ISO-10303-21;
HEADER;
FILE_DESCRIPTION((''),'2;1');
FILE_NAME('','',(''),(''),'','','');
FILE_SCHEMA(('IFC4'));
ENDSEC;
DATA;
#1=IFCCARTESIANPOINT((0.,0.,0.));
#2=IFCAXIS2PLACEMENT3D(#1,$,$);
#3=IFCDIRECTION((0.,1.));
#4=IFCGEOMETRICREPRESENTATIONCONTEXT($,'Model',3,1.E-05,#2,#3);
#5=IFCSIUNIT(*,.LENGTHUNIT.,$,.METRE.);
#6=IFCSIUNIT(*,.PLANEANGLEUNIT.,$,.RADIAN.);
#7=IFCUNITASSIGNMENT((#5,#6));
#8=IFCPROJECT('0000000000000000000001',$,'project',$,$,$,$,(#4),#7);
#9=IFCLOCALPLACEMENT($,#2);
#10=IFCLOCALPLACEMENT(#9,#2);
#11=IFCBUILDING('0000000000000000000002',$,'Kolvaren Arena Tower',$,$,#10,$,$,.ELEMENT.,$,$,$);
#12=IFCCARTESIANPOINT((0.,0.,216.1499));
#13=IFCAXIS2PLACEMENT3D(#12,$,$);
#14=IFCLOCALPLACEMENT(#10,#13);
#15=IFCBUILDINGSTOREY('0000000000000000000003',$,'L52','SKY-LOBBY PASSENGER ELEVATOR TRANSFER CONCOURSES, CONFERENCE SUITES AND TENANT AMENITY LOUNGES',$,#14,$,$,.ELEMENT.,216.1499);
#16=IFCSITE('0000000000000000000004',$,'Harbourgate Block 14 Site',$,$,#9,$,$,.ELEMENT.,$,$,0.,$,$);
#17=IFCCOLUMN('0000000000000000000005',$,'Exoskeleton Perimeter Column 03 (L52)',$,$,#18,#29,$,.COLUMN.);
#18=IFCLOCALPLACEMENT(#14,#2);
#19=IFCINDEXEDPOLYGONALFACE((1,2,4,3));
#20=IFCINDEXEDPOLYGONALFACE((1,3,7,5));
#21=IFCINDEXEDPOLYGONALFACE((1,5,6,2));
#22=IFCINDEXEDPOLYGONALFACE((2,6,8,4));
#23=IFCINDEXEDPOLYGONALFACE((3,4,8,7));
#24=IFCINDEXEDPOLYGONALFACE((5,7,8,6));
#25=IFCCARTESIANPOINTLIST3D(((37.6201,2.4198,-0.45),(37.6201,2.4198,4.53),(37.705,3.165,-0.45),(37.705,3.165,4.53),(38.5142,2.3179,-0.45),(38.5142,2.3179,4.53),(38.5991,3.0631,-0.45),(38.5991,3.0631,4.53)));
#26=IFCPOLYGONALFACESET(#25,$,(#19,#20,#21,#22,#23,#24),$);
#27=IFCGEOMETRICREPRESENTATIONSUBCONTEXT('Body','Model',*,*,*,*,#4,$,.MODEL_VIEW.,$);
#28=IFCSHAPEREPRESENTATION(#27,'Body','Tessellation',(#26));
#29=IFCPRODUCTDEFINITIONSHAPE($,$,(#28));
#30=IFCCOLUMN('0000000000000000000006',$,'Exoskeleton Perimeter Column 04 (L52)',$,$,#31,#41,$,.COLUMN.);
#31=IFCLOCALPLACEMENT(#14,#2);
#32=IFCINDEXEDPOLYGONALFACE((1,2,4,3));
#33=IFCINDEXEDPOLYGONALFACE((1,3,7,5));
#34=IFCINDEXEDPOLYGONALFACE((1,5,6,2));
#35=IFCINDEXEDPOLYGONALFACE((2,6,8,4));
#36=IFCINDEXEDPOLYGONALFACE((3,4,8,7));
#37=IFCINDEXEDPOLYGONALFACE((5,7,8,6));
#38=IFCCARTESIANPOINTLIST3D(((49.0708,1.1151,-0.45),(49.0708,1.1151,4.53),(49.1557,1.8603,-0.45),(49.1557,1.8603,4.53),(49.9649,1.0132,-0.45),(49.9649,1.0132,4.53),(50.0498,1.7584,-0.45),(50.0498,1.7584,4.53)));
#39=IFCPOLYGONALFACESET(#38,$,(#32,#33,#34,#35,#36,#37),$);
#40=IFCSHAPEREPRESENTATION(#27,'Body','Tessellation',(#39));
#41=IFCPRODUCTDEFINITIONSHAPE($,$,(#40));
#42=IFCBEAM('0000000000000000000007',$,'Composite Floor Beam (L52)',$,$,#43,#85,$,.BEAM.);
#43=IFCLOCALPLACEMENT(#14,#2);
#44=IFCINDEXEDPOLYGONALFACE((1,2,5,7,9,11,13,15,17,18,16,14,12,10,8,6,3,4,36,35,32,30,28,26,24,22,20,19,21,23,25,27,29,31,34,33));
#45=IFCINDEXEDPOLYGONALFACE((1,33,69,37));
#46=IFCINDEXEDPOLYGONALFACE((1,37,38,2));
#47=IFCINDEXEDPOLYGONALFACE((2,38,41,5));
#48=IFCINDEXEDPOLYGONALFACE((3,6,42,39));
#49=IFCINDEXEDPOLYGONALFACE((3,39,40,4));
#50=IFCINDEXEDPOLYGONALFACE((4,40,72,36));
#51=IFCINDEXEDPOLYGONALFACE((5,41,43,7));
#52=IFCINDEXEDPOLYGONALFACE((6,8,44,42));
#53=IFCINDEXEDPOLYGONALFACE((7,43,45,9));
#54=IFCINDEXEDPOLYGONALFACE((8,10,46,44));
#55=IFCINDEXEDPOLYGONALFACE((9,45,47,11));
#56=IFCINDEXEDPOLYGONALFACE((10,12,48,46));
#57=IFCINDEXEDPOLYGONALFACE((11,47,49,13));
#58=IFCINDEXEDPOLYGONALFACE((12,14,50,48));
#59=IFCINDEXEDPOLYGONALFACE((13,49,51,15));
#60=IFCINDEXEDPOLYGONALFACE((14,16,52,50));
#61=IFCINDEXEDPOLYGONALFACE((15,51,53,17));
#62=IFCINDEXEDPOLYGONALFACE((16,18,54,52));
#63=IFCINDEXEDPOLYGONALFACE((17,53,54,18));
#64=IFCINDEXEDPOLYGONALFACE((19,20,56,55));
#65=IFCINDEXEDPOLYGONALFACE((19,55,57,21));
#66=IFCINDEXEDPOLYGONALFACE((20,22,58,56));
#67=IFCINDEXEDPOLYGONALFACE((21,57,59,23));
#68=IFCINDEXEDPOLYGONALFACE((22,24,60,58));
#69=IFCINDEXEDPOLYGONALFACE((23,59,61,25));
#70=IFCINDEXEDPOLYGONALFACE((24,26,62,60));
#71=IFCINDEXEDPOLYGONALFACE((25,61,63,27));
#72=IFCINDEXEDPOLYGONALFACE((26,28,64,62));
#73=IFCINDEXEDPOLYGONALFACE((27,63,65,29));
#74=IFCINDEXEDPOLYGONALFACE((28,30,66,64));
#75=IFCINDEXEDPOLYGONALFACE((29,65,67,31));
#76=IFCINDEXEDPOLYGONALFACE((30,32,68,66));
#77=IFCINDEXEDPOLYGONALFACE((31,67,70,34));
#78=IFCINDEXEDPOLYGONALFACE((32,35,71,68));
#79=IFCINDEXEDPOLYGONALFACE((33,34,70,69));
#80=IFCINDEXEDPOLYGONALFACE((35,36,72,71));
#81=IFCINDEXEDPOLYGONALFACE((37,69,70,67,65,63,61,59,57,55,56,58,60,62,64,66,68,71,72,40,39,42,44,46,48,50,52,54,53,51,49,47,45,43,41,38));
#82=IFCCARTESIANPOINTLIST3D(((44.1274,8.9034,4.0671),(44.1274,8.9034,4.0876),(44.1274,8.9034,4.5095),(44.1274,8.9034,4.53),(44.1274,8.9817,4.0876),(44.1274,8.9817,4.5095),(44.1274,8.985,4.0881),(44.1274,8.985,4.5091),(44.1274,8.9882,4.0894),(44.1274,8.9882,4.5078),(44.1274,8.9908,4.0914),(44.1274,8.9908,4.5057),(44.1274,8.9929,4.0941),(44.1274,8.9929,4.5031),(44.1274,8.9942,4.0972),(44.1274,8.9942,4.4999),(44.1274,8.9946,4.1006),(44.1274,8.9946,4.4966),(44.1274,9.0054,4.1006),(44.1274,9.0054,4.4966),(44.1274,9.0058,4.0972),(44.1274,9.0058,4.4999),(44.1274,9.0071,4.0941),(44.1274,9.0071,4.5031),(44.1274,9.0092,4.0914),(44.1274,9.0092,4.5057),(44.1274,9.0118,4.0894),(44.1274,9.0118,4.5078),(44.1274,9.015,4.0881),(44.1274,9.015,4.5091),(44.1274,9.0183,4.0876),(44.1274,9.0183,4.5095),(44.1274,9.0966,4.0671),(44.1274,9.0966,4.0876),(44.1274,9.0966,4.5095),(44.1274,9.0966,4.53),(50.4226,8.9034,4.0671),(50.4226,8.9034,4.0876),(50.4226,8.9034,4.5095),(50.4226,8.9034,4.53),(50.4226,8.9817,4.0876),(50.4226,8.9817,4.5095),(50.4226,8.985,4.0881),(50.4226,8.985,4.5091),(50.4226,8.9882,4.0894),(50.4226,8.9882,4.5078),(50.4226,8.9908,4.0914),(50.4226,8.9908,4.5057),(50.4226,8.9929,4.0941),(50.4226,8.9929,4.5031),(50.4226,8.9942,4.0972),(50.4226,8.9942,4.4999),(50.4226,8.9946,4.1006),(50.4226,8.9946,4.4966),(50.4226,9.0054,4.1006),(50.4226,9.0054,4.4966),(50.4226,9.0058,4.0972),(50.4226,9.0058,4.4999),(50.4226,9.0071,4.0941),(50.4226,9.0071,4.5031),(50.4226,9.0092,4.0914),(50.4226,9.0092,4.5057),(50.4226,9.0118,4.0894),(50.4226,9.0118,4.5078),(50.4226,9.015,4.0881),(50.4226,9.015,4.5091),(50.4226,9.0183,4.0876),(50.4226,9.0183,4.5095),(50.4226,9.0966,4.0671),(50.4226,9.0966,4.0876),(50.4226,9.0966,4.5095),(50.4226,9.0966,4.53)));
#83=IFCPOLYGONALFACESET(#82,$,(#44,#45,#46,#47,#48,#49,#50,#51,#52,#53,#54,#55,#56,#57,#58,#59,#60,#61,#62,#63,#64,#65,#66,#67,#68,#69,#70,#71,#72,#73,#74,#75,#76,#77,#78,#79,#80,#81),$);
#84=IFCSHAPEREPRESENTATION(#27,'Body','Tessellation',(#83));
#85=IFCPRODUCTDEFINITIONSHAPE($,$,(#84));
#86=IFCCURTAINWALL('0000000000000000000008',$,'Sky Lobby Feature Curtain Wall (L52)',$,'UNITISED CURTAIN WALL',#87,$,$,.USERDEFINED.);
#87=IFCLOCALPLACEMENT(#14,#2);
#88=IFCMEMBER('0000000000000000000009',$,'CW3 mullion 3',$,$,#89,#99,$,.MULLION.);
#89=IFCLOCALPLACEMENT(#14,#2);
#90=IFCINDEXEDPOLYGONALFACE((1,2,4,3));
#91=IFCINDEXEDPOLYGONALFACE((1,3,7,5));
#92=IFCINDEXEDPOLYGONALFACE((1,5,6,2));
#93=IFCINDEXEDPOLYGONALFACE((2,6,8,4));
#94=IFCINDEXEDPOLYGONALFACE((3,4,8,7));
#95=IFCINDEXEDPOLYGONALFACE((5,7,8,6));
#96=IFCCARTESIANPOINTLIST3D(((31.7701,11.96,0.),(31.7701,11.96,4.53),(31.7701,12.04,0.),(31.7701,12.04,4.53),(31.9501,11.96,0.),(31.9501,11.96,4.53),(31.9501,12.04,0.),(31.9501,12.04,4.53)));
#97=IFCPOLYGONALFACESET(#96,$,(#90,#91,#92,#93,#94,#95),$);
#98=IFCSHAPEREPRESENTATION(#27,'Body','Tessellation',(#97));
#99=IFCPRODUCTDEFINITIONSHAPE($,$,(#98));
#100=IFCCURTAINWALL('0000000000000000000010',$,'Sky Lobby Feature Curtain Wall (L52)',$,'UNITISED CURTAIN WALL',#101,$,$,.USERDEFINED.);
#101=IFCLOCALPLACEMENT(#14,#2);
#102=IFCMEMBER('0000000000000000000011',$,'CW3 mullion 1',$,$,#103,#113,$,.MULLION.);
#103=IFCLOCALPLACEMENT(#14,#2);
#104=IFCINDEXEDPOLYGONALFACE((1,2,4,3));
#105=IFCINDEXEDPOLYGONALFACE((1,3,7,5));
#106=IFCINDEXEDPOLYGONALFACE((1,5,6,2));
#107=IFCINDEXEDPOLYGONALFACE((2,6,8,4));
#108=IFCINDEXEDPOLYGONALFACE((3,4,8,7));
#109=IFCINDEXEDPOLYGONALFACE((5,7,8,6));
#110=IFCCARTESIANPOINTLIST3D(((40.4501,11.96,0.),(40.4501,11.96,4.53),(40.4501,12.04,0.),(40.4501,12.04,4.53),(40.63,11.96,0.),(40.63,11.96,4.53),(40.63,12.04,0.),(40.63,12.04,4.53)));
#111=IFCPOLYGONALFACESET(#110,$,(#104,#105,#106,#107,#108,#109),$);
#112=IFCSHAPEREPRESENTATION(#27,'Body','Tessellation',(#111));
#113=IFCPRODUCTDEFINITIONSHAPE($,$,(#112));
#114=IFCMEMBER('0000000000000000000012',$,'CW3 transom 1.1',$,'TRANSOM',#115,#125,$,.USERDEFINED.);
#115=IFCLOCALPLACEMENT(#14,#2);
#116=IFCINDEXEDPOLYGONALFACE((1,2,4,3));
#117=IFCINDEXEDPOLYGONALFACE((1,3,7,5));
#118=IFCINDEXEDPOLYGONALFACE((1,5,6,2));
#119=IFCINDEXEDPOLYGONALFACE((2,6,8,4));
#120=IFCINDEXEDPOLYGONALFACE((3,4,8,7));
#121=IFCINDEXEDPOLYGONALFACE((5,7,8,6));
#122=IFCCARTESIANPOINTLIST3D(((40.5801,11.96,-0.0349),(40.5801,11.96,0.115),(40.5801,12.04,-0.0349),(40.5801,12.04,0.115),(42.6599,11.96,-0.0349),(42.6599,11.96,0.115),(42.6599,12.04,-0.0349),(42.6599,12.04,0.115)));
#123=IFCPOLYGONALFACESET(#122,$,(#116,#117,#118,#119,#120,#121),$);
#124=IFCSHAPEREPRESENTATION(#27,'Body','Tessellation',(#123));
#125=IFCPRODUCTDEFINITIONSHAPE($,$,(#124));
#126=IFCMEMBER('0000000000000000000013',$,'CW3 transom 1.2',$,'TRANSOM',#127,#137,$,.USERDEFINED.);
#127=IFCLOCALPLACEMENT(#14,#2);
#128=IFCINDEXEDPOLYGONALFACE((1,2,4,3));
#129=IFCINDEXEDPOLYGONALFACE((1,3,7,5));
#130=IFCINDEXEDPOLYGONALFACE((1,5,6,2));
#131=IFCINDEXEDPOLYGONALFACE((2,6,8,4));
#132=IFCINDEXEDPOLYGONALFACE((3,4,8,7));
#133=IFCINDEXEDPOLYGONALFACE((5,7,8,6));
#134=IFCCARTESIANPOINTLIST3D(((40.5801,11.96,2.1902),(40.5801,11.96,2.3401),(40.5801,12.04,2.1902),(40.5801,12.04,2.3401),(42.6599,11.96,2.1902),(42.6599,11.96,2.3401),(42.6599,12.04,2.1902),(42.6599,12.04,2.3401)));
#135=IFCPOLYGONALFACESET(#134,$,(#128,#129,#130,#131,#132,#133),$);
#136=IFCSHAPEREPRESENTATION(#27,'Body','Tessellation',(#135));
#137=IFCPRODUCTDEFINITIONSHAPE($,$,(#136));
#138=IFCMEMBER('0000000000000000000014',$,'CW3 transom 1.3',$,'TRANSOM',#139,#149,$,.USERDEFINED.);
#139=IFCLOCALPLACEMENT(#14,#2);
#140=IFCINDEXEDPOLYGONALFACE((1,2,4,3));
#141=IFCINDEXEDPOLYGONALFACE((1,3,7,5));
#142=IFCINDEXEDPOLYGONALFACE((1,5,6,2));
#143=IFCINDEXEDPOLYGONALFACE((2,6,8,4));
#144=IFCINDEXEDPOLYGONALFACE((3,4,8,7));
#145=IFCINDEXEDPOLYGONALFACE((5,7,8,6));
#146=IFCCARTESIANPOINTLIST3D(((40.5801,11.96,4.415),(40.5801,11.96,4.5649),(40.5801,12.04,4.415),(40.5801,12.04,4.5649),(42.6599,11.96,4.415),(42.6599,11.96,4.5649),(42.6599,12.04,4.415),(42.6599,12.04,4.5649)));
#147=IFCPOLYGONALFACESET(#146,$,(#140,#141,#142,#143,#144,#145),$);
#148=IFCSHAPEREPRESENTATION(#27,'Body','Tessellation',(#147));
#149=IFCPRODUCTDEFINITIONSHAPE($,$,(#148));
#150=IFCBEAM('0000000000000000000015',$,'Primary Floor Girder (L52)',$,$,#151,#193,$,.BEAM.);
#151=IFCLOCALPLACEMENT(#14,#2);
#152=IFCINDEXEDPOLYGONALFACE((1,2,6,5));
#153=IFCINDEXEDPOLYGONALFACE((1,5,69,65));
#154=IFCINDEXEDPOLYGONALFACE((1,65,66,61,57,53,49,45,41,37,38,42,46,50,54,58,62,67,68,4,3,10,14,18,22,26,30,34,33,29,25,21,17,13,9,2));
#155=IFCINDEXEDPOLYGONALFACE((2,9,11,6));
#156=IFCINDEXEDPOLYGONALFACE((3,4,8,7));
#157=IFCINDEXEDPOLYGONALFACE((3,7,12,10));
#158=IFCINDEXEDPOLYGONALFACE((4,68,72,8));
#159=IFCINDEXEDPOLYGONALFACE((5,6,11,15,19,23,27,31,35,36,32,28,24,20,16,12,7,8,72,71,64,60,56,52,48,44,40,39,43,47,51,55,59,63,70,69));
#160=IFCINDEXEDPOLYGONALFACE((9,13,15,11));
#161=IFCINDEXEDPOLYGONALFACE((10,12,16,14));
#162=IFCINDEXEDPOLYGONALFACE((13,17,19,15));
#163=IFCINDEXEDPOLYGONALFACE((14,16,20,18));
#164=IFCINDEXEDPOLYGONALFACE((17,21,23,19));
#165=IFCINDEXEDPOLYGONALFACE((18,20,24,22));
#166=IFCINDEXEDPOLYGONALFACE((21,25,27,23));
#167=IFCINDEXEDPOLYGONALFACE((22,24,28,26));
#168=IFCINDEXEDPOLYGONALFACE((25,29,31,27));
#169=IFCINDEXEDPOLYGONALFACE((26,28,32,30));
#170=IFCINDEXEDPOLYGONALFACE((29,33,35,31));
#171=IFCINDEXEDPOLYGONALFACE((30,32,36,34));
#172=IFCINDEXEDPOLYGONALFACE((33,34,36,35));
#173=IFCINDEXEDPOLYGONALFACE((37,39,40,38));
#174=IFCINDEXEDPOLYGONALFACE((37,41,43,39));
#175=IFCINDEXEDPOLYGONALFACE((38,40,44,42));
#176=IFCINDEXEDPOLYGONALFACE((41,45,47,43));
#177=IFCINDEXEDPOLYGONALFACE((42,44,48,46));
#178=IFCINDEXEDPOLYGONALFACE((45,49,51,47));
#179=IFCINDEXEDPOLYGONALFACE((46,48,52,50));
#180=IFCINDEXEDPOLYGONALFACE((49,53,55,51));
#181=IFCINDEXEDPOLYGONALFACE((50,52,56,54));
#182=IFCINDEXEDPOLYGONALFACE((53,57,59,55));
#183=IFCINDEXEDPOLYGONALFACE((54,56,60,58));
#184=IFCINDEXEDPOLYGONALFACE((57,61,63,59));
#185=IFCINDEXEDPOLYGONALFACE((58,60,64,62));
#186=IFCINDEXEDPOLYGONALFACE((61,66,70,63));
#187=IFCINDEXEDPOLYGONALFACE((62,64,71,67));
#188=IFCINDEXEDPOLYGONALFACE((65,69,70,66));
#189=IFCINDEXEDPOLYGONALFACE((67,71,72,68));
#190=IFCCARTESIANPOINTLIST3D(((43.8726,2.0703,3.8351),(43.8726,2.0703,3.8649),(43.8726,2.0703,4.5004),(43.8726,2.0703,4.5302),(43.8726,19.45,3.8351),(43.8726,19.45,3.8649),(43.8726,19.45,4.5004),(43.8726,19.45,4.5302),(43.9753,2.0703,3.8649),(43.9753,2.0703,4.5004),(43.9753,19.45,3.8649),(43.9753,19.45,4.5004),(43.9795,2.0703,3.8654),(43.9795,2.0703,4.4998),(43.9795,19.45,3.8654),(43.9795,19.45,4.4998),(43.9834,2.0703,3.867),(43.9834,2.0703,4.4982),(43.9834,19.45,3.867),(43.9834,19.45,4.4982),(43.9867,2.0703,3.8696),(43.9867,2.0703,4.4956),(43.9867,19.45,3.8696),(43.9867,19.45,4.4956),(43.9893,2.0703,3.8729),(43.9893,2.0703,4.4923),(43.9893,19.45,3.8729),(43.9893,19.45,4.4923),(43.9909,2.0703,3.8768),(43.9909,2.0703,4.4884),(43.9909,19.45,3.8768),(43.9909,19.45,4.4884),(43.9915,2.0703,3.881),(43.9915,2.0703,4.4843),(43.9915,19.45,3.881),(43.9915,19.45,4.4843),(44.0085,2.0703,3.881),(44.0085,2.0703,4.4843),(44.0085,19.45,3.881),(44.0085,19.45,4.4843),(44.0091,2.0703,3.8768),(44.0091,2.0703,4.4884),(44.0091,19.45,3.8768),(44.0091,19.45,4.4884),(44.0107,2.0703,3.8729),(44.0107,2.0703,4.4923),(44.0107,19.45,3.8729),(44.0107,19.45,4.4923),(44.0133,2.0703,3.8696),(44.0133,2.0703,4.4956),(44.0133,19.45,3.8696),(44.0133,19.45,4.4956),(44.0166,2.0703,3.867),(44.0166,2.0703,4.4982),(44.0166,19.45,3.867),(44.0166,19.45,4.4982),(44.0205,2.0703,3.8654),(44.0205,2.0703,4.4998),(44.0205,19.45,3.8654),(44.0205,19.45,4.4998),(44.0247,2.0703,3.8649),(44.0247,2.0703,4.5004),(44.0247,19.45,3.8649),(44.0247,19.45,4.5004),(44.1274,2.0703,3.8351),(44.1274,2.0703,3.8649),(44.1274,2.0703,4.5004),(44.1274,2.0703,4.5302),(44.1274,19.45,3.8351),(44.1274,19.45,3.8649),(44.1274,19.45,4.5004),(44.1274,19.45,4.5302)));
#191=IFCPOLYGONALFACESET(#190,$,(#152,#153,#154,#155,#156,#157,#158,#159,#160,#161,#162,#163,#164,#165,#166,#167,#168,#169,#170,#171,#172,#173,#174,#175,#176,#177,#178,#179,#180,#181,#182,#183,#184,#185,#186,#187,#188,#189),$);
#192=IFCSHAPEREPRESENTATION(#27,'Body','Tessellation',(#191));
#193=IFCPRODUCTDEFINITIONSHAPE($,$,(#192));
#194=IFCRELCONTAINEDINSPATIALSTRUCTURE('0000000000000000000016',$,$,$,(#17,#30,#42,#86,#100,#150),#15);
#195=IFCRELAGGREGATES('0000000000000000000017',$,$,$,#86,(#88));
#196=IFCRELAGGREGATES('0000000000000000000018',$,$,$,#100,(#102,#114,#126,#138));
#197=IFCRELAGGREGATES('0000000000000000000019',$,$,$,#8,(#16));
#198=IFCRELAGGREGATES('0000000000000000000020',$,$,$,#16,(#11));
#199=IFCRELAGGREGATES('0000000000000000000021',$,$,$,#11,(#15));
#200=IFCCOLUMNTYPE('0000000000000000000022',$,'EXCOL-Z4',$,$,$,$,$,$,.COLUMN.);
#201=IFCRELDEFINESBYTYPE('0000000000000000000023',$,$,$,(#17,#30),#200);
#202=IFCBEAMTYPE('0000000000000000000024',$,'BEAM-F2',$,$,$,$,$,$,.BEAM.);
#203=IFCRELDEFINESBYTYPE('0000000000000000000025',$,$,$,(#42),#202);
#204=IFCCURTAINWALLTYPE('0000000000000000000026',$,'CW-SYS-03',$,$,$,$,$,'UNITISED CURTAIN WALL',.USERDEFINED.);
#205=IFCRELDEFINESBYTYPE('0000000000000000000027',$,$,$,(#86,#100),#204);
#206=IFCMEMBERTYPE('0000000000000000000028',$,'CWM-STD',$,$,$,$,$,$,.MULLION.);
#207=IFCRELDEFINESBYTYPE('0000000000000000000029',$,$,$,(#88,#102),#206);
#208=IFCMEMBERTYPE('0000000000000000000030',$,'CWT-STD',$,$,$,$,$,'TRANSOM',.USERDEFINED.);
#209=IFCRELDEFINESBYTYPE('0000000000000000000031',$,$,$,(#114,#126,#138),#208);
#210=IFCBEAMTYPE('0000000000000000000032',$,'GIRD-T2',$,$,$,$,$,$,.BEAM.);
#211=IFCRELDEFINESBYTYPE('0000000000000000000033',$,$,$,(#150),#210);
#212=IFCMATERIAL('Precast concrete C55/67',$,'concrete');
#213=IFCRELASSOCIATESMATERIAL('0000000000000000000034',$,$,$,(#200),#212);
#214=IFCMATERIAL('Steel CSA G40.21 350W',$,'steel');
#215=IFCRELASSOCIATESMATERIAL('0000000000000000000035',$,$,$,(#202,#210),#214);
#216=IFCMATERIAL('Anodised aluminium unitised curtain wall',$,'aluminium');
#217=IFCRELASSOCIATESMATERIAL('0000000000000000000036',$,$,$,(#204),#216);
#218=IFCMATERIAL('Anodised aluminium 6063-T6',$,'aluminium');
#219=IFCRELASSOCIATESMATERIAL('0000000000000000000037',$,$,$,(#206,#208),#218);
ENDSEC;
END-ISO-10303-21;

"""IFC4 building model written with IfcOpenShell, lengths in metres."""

from ifc_helpers import new_model, si_unit, direction, frame, origin, origin_2d, place, context, subcontext, project, spatial, rectangle, i_section, extrude, material, material_profile, profile_set, type_object, element, aggregate, save


model = new_model("IFC4")

# Units and contexts
model_context = context("Model", 3, precision=1e-05, world=origin(), true_north=direction((0.0, 1.0)))
body_context = subcontext(model_context, "Body", "Model", "MODEL_VIEW")
ifc_project = project(units=[si_unit("LENGTHUNIT", "METRE"), si_unit("PLANEANGLEUNIT", "RADIAN")], contexts=[model_context])

# Site, building, storey
site_placement = place(None, origin())
site = spatial("IfcSite", under=ifc_project, at=site_placement, Name="Harbourgate Block 14 Site", CompositionType="ELEMENT", RefElevation=0.0)
building_placement = place(site_placement, origin())
building = spatial("IfcBuilding", under=site, at=building_placement, Name="Kolvaren Arena Tower", CompositionType="ELEMENT")
storey_placement = place(building_placement, frame((0.0, 0.0, 216.1499)))
storey = spatial("IfcBuildingStorey", under=building, at=storey_placement, Name="L52", Description="SKY-LOBBY PASSENGER ELEVATOR TRANSFER CONCOURSES, CONFERENCE SUITES AND TENANT AMENITY LOUNGES", CompositionType="ELEMENT", Elevation=216.1499)

# Columns
ifc_material_1 = material(Name="Precast concrete C55/67", Category="concrete")
ifc_material_profile_1 = material_profile(ifc_material_1, rectangle(XDim=0.8999, YDim=0.75, at=origin_2d()), Name="RC-900x750")
ifc_profile_set_1 = profile_set([ifc_material_profile_1], Name="Precast concrete C55/67")
column_type = type_object("IfcColumnType", Name="EXCOL-Z4", PredefinedType="COLUMN", material=ifc_profile_set_1)
for number, where, z_axis, x_axis, name in (
    (1, (38.1096, 2.7415, -0.45), (0.0, 0.0, 1.0), (0.993572, -0.113203, 0.0), "Exoskeleton Perimeter Column 03 (L52)"),
    (2, (49.5603, 1.4368, -0.45), (0.0, 0.0, 1.0), (0.993572, -0.113203, 0.0), "Exoskeleton Perimeter Column 04 (L52)"),
):
    element("IfcColumn", number, at=place(storey_placement, frame(where, z_axis=z_axis, x_axis=x_axis)), inside=storey, type_object=column_type, Name=name, PredefinedType="COLUMN", context=body_context, shape_type="SweptSolid", body=[
        extrude(rectangle(XDim=0.8999, YDim=0.75, at=origin_2d()), origin(), (0.0, 0.0, 1.0), 4.98),
    ])

# Beam
ifc_material_2 = material(Name="Steel CSA G40.21 350W", Category="steel")
ifc_material_profile_2 = material_profile(ifc_material_2, i_section(OverallWidth=0.1931, OverallDepth=0.4629, WebThickness=0.0107, FlangeThickness=0.0205, FilletRadius=0.0129, at=origin_2d()), Name="W460x113")
ifc_profile_set_2 = profile_set([ifc_material_profile_2], Name="Steel CSA G40.21 350W")
beam_type_1 = type_object("IfcBeamType", Name="BEAM-F2", PredefinedType="BEAM", material=ifc_profile_set_2)
beam_1_placement = place(storey_placement, frame((44.1274, 9.0, 4.2986), z_axis=(1.0, 0.0, 0.0), x_axis=(0.0, 1.0, 0.0)))
element("IfcBeam", 3, at=beam_1_placement, inside=storey, type_object=beam_type_1, Name="Composite Floor Beam (L52)", PredefinedType="BEAM", context=body_context, shape_type="SweptSolid", body=[
    extrude(i_section(OverallWidth=0.1931, OverallDepth=0.4629, WebThickness=0.0107, FlangeThickness=0.0205, FilletRadius=0.0129, at=origin_2d()), origin(), (0.0, 0.0, 1.0), 6.2952),
])

# Curtain wall, member
ifc_material_3 = material(Name="Anodised aluminium unitised curtain wall", Category="aluminium")
curtain_wall_type = type_object("IfcCurtainWallType", Name="CW-SYS-03", ElementType="UNITISED CURTAIN WALL", PredefinedType="USERDEFINED", material=ifc_material_3)
curtain_wall_1_placement = place(storey_placement, origin())
curtain_wall_1 = element("IfcCurtainWall", 4, at=curtain_wall_1_placement, inside=storey, type_object=curtain_wall_type, Name="Sky Lobby Feature Curtain Wall (L52)", ObjectType="UNITISED CURTAIN WALL", PredefinedType="USERDEFINED")
ifc_material_4 = material(Name="Anodised aluminium 6063-T6", Category="aluminium")
ifc_material_profile_3 = material_profile(ifc_material_4, rectangle(XDim=0.0801, YDim=0.1799, at=origin_2d()), Name="ALU-80x180")
ifc_profile_set_3 = profile_set([ifc_material_profile_3], Name="Anodised aluminium 6063-T6")
member_type_1 = type_object("IfcMemberType", Name="CWM-STD", PredefinedType="MULLION", material=ifc_profile_set_3)
member_1_placement = place(storey_placement, frame((31.8601, 12.0, 0.0), z_axis=(0.0, 0.0, 1.0), x_axis=(0.0, 1.0, 0.0)))
member_1 = element("IfcMember", 5, at=member_1_placement, type_object=member_type_1, Name="CW3 mullion 3", PredefinedType="MULLION", context=body_context, shape_type="SweptSolid", body=[
    extrude(rectangle(XDim=0.0801, YDim=0.1799, at=origin_2d()), origin(), (0.0, 0.0, 1.0), 4.53),
])
aggregate(curtain_wall_1, [member_1])

# Curtain wall, members
curtain_wall_2_placement = place(storey_placement, origin())
curtain_wall_2 = element("IfcCurtainWall", 6, at=curtain_wall_2_placement, inside=storey, type_object=curtain_wall_type, Name="Sky Lobby Feature Curtain Wall (L52)", ObjectType="UNITISED CURTAIN WALL", PredefinedType="USERDEFINED")
member_2_placement = place(storey_placement, frame((40.54, 12.0, 0.0), z_axis=(0.0, 0.0, 1.0), x_axis=(0.0, 1.0, 0.0)))
member_2 = element("IfcMember", 7, at=member_2_placement, type_object=member_type_1, Name="CW3 mullion 1", PredefinedType="MULLION", context=body_context, shape_type="SweptSolid", body=[
    extrude(rectangle(XDim=0.0801, YDim=0.1799, at=origin_2d()), origin(), (0.0, 0.0, 1.0), 4.53),
])
ifc_material_profile_4 = material_profile(ifc_material_4, rectangle(XDim=0.0801, YDim=0.1499, at=origin_2d()), Name="ALU-80x150")
ifc_profile_set_4 = profile_set([ifc_material_profile_4], Name="Anodised aluminium 6063-T6")
member_type_2 = type_object("IfcMemberType", Name="CWT-STD", ElementType="TRANSOM", PredefinedType="USERDEFINED", material=ifc_profile_set_4)
member_3_placement = place(storey_placement, frame((40.5801, 12.0, 0.04), z_axis=(1.0, 0.0, 0.0), x_axis=(0.0, 1.0, 0.0)))
member_3 = element("IfcMember", 8, at=member_3_placement, type_object=member_type_2, Name="CW3 transom 1.1", ObjectType="TRANSOM", PredefinedType="USERDEFINED", context=body_context, shape_type="SweptSolid", body=[
    extrude(rectangle(XDim=0.0801, YDim=0.1499, at=origin_2d()), origin(), (0.0, 0.0, 1.0), 2.0798),
])
member_4_placement = place(storey_placement, frame((40.5801, 12.0, 2.2651), z_axis=(1.0, 0.0, 0.0), x_axis=(0.0, 1.0, 0.0)))
member_4 = element("IfcMember", 9, at=member_4_placement, type_object=member_type_2, Name="CW3 transom 1.2", ObjectType="TRANSOM", PredefinedType="USERDEFINED", context=body_context, shape_type="SweptSolid", body=[
    extrude(rectangle(XDim=0.0801, YDim=0.1499, at=origin_2d()), origin(), (0.0, 0.0, 1.0), 2.0798),
])
member_5_placement = place(storey_placement, frame((40.5801, 12.0, 4.49), z_axis=(1.0, 0.0, 0.0), x_axis=(0.0, 1.0, 0.0)))
member_5 = element("IfcMember", 10, at=member_5_placement, type_object=member_type_2, Name="CW3 transom 1.3", ObjectType="TRANSOM", PredefinedType="USERDEFINED", context=body_context, shape_type="SweptSolid", body=[
    extrude(rectangle(XDim=0.0801, YDim=0.1499, at=origin_2d()), origin(), (0.0, 0.0, 1.0), 2.0798),
])

# Beam
ifc_material_profile_5 = material_profile(ifc_material_2, i_section(OverallWidth=0.2549, OverallDepth=0.6951, WebThickness=0.0171, FlangeThickness=0.0298, FilletRadius=0.0161, at=origin_2d()), Name="W690x217")
ifc_profile_set_5 = profile_set([ifc_material_profile_5], Name="Steel CSA G40.21 350W")
beam_type_2 = type_object("IfcBeamType", Name="GIRD-T2", PredefinedType="BEAM", material=ifc_profile_set_5)
beam_2_placement = place(storey_placement, frame((44.0, 2.0703, 4.1826), z_axis=(0.0, 1.0, 0.0), x_axis=(-1.0, 0.0, 0.0)))
element("IfcBeam", 11, at=beam_2_placement, inside=storey, type_object=beam_type_2, Name="Primary Floor Girder (L52)", PredefinedType="BEAM", context=body_context, shape_type="SweptSolid", body=[
    extrude(i_section(OverallWidth=0.2549, OverallDepth=0.6951, WebThickness=0.0171, FlangeThickness=0.0298, FilletRadius=0.0161, at=origin_2d()), origin(), (0.0, 0.0, 1.0), 17.3796),
])

aggregate(curtain_wall_2, [member_2, member_3, member_4, member_5])

save(model, "model.ifc")
